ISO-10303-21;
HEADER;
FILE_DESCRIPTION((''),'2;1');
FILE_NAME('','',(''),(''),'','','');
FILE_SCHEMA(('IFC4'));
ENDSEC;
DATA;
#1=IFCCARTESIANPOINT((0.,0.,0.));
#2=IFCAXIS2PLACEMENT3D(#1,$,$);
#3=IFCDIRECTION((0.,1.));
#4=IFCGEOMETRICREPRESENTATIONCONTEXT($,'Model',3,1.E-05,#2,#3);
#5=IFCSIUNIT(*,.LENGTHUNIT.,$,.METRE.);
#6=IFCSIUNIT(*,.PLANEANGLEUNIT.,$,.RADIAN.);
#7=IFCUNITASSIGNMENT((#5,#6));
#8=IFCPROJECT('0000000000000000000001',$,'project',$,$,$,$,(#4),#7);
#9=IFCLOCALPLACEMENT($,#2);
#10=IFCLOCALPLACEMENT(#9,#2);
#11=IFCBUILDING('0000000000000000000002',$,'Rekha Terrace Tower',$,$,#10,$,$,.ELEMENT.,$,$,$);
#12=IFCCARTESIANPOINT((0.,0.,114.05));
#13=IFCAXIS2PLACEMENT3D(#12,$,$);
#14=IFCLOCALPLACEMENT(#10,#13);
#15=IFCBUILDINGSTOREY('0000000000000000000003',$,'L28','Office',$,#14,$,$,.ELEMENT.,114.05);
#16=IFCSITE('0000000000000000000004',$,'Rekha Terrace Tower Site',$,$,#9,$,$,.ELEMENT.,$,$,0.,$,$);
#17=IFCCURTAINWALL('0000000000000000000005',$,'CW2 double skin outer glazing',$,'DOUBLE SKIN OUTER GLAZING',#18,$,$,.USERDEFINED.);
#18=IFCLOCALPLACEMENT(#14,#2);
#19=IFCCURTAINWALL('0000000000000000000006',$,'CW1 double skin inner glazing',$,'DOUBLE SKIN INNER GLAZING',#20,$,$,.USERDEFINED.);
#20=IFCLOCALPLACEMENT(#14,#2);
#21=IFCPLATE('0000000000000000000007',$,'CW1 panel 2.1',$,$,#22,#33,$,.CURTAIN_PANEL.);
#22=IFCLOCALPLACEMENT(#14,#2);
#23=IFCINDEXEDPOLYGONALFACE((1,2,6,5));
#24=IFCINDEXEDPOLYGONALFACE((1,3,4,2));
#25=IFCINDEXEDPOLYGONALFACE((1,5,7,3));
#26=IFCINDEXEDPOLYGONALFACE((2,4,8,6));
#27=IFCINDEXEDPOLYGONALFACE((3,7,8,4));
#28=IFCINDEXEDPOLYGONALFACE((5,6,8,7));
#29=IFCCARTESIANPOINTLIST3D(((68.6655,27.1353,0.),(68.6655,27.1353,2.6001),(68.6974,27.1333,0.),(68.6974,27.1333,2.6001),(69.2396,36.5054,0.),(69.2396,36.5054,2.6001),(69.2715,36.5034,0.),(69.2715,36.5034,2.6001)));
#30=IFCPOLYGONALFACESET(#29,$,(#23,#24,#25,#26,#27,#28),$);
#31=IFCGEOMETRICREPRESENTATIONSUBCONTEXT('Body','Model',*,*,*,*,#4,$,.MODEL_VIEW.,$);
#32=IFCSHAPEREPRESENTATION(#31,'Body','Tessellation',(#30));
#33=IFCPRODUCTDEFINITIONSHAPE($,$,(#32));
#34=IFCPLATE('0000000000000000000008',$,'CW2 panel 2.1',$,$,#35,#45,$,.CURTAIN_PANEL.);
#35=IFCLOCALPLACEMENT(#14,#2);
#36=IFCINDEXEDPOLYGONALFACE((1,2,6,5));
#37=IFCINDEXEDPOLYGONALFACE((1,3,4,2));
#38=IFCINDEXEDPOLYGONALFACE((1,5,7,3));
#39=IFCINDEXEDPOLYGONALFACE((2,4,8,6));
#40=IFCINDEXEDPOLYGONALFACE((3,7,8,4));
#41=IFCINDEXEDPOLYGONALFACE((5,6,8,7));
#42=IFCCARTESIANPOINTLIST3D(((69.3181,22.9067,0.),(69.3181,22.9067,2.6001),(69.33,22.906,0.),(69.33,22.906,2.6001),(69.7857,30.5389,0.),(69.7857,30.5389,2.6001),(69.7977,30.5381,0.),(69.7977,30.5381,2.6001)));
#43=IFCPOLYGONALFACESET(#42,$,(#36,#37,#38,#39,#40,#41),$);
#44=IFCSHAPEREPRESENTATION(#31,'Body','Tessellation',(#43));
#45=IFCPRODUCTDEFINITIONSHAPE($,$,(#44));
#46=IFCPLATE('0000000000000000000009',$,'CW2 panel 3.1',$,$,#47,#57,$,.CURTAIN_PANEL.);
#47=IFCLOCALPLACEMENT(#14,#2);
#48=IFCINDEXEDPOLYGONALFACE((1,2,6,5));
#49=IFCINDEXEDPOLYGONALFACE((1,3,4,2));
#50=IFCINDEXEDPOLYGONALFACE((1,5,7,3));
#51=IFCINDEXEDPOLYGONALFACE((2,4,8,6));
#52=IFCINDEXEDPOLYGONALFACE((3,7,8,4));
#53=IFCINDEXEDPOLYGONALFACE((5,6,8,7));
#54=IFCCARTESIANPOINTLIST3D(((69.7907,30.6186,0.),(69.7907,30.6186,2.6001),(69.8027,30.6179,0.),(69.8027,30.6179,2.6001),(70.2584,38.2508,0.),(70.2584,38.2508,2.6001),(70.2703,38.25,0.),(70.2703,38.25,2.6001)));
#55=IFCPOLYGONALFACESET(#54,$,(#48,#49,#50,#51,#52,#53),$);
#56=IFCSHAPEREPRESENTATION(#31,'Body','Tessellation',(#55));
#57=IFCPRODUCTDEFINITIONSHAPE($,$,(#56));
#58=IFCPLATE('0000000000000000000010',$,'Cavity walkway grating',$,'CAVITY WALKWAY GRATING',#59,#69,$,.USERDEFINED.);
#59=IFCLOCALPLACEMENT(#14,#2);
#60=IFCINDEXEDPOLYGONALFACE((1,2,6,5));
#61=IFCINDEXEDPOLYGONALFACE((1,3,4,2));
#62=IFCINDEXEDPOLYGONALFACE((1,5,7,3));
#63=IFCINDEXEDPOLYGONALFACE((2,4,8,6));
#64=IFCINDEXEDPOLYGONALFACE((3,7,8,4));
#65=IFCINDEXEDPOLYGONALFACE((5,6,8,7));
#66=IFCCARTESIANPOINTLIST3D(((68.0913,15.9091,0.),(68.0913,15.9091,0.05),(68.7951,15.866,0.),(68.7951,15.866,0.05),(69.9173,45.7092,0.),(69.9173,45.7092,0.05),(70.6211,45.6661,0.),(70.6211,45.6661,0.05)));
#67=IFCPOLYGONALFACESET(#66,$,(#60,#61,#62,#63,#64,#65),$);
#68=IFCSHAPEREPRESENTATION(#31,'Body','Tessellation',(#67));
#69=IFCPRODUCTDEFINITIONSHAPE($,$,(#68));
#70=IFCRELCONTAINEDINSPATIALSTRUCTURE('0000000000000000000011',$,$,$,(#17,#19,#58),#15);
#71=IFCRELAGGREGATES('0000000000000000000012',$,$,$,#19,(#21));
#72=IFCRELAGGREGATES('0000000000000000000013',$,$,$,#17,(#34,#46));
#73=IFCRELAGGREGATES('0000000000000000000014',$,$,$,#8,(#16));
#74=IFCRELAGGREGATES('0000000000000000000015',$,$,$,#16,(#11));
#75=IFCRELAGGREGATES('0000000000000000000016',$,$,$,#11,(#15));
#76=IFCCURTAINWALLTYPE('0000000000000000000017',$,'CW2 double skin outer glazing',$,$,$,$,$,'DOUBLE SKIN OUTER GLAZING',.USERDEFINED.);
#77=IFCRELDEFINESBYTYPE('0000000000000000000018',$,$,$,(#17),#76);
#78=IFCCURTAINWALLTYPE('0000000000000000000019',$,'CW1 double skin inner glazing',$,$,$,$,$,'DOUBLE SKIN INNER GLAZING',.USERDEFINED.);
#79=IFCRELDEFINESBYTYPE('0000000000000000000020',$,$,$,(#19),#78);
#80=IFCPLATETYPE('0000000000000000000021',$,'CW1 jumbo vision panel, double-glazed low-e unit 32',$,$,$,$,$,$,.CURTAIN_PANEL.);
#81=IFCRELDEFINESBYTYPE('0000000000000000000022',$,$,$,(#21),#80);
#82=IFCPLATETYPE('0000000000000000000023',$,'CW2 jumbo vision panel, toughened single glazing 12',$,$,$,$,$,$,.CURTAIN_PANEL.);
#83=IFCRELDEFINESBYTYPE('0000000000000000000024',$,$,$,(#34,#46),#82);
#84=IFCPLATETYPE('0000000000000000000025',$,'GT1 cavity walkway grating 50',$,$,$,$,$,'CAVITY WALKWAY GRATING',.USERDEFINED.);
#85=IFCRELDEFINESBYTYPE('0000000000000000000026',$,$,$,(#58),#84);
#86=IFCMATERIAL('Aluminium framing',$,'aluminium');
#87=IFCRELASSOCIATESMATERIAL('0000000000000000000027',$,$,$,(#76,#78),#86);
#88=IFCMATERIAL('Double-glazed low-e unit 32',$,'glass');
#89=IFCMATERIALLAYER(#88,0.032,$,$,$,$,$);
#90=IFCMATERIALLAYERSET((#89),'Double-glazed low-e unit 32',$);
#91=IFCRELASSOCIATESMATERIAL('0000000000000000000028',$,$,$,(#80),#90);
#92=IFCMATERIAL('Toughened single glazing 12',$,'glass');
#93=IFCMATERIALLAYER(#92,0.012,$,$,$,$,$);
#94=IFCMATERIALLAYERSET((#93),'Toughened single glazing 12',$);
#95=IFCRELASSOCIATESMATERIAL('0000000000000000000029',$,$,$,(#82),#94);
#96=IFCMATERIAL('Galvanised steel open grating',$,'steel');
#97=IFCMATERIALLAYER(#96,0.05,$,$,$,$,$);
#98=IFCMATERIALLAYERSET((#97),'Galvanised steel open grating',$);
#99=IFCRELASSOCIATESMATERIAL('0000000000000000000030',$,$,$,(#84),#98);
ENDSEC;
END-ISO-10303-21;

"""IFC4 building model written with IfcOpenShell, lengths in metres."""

from ifc_helpers import new_model, si_unit, direction, frame, origin, origin_2d, place, context, subcontext, project, spatial, rectangle, extrude, material, layer, layer_set, type_object, element, aggregate, save


model = new_model("IFC4")

# Units and contexts
model_context = context("Model", 3, precision=1e-05, world=origin(), true_north=direction((0.0, 1.0)))
body_context = subcontext(model_context, "Body", "Model", "MODEL_VIEW")
ifc_project = project(units=[si_unit("LENGTHUNIT", "METRE"), si_unit("PLANEANGLEUNIT", "RADIAN")], contexts=[model_context])

# Site, building, storey
site_placement = place(None, origin())
site = spatial("IfcSite", under=ifc_project, at=site_placement, Name="Rekha Terrace Tower Site", CompositionType="ELEMENT", RefElevation=0.0)
building_placement = place(site_placement, origin())
building = spatial("IfcBuilding", under=site, at=building_placement, Name="Rekha Terrace Tower", CompositionType="ELEMENT")
storey_placement = place(building_placement, frame((0.0, 0.0, 114.05)))
storey = spatial("IfcBuildingStorey", under=building, at=storey_placement, Name="L28", Description="Office", CompositionType="ELEMENT", Elevation=114.05)

# Curtain walls
ifc_material_1 = material(Name="Aluminium framing", Category="aluminium")
curtain_wall_type_1 = type_object("IfcCurtainWallType", Name="CW2 double skin outer glazing", ElementType="DOUBLE SKIN OUTER GLAZING", PredefinedType="USERDEFINED", material=ifc_material_1)
curtain_wall_1_placement = place(storey_placement, origin())
curtain_wall_1 = element("IfcCurtainWall", 1, at=curtain_wall_1_placement, inside=storey, type_object=curtain_wall_type_1, Name="CW2 double skin outer glazing", ObjectType="DOUBLE SKIN OUTER GLAZING", PredefinedType="USERDEFINED")
curtain_wall_type_2 = type_object("IfcCurtainWallType", Name="CW1 double skin inner glazing", ElementType="DOUBLE SKIN INNER GLAZING", PredefinedType="USERDEFINED", material=ifc_material_1)
curtain_wall_2_placement = place(storey_placement, origin())
curtain_wall_2 = element("IfcCurtainWall", 2, at=curtain_wall_2_placement, inside=storey, type_object=curtain_wall_type_2, Name="CW1 double skin inner glazing", ObjectType="DOUBLE SKIN INNER GLAZING", PredefinedType="USERDEFINED")

# Plates
ifc_material_2 = material(Name="Double-glazed low-e unit 32", Category="glass")
ifc_layer_1 = layer(ifc_material_2, 0.032)
ifc_layer_set_1 = layer_set([ifc_layer_1], Name="Double-glazed low-e unit 32")
plate_type_1 = type_object("IfcPlateType", Name="CW1 jumbo vision panel, double-glazed low-e unit 32", PredefinedType="CURTAIN_PANEL", material=ifc_layer_set_1)
plate_1_placement = place(storey_placement, frame((68.9685, 31.8193, 0.0), z_axis=(0.0, 0.0, 1.0), x_axis=(0.06116, 0.998128, 0.0)))
plate_1 = element("IfcPlate", 3, at=plate_1_placement, type_object=plate_type_1, Name="CW1 panel 2.1", PredefinedType="CURTAIN_PANEL", context=body_context, shape_type="SweptSolid", body=[
    extrude(rectangle(XDim=9.3877, YDim=0.032, at=origin_2d()), origin(), (0.0, 0.0, 1.0), 2.6001),
])
aggregate(curtain_wall_2, [plate_1])
ifc_material_3 = material(Name="Toughened single glazing 12", Category="glass")
ifc_layer_2 = layer(ifc_material_3, 0.012)
ifc_layer_set_2 = layer_set([ifc_layer_2], Name="Toughened single glazing 12")
plate_type_2 = type_object("IfcPlateType", Name="CW2 jumbo vision panel, toughened single glazing 12", PredefinedType="CURTAIN_PANEL", material=ifc_layer_set_2)
plate_2_placement = place(storey_placement, frame((69.5579, 26.7224, 0.0), z_axis=(0.0, 0.0, 1.0), x_axis=(0.06116, 0.998128, 0.0)))
plate_2 = element("IfcPlate", 4, at=plate_2_placement, type_object=plate_type_2, Name="CW2 panel 2.1", PredefinedType="CURTAIN_PANEL", context=body_context, shape_type="SweptSolid", body=[
    extrude(rectangle(XDim=7.6465, YDim=0.012, at=origin_2d()), origin(), (0.0, 0.0, 1.0), 2.6001),
])
plate_3_placement = place(storey_placement, frame((70.0305, 34.4343, 0.0), z_axis=(0.0, 0.0, 1.0), x_axis=(0.06116, 0.998128, 0.0)))
plate_3 = element("IfcPlate", 5, at=plate_3_placement, type_object=plate_type_2, Name="CW2 panel 3.1", PredefinedType="CURTAIN_PANEL", context=body_context, shape_type="SweptSolid", body=[
    extrude(rectangle(XDim=7.6465, YDim=0.012, at=origin_2d()), origin(), (0.0, 0.0, 1.0), 2.6001),
])
aggregate(curtain_wall_1, [plate_2, plate_3])
ifc_material_4 = material(Name="Galvanised steel open grating", Category="steel")
ifc_layer_3 = layer(ifc_material_4, 0.05)
ifc_layer_set_3 = layer_set([ifc_layer_3], Name="Galvanised steel open grating")
plate_type_3 = type_object("IfcPlateType", Name="GT1 cavity walkway grating 50", ElementType="CAVITY WALKWAY GRATING", PredefinedType="USERDEFINED", material=ifc_layer_set_3)
plate_4_placement = place(storey_placement, frame((69.3562, 30.7876, 0.0), z_axis=(0.0, 0.0, 1.0), x_axis=(0.06116, 0.998128, 0.0)))
element("IfcPlate", 6, at=plate_4_placement, inside=storey, type_object=plate_type_3, Name="Cavity walkway grating", ObjectType="CAVITY WALKWAY GRATING", PredefinedType="USERDEFINED", context=body_context, shape_type="SweptSolid", body=[
    extrude(rectangle(XDim=29.856, YDim=0.7051, at=origin_2d()), origin(), (0.0, 0.0, 1.0), 0.05),
])

save(model, "model.ifc")
